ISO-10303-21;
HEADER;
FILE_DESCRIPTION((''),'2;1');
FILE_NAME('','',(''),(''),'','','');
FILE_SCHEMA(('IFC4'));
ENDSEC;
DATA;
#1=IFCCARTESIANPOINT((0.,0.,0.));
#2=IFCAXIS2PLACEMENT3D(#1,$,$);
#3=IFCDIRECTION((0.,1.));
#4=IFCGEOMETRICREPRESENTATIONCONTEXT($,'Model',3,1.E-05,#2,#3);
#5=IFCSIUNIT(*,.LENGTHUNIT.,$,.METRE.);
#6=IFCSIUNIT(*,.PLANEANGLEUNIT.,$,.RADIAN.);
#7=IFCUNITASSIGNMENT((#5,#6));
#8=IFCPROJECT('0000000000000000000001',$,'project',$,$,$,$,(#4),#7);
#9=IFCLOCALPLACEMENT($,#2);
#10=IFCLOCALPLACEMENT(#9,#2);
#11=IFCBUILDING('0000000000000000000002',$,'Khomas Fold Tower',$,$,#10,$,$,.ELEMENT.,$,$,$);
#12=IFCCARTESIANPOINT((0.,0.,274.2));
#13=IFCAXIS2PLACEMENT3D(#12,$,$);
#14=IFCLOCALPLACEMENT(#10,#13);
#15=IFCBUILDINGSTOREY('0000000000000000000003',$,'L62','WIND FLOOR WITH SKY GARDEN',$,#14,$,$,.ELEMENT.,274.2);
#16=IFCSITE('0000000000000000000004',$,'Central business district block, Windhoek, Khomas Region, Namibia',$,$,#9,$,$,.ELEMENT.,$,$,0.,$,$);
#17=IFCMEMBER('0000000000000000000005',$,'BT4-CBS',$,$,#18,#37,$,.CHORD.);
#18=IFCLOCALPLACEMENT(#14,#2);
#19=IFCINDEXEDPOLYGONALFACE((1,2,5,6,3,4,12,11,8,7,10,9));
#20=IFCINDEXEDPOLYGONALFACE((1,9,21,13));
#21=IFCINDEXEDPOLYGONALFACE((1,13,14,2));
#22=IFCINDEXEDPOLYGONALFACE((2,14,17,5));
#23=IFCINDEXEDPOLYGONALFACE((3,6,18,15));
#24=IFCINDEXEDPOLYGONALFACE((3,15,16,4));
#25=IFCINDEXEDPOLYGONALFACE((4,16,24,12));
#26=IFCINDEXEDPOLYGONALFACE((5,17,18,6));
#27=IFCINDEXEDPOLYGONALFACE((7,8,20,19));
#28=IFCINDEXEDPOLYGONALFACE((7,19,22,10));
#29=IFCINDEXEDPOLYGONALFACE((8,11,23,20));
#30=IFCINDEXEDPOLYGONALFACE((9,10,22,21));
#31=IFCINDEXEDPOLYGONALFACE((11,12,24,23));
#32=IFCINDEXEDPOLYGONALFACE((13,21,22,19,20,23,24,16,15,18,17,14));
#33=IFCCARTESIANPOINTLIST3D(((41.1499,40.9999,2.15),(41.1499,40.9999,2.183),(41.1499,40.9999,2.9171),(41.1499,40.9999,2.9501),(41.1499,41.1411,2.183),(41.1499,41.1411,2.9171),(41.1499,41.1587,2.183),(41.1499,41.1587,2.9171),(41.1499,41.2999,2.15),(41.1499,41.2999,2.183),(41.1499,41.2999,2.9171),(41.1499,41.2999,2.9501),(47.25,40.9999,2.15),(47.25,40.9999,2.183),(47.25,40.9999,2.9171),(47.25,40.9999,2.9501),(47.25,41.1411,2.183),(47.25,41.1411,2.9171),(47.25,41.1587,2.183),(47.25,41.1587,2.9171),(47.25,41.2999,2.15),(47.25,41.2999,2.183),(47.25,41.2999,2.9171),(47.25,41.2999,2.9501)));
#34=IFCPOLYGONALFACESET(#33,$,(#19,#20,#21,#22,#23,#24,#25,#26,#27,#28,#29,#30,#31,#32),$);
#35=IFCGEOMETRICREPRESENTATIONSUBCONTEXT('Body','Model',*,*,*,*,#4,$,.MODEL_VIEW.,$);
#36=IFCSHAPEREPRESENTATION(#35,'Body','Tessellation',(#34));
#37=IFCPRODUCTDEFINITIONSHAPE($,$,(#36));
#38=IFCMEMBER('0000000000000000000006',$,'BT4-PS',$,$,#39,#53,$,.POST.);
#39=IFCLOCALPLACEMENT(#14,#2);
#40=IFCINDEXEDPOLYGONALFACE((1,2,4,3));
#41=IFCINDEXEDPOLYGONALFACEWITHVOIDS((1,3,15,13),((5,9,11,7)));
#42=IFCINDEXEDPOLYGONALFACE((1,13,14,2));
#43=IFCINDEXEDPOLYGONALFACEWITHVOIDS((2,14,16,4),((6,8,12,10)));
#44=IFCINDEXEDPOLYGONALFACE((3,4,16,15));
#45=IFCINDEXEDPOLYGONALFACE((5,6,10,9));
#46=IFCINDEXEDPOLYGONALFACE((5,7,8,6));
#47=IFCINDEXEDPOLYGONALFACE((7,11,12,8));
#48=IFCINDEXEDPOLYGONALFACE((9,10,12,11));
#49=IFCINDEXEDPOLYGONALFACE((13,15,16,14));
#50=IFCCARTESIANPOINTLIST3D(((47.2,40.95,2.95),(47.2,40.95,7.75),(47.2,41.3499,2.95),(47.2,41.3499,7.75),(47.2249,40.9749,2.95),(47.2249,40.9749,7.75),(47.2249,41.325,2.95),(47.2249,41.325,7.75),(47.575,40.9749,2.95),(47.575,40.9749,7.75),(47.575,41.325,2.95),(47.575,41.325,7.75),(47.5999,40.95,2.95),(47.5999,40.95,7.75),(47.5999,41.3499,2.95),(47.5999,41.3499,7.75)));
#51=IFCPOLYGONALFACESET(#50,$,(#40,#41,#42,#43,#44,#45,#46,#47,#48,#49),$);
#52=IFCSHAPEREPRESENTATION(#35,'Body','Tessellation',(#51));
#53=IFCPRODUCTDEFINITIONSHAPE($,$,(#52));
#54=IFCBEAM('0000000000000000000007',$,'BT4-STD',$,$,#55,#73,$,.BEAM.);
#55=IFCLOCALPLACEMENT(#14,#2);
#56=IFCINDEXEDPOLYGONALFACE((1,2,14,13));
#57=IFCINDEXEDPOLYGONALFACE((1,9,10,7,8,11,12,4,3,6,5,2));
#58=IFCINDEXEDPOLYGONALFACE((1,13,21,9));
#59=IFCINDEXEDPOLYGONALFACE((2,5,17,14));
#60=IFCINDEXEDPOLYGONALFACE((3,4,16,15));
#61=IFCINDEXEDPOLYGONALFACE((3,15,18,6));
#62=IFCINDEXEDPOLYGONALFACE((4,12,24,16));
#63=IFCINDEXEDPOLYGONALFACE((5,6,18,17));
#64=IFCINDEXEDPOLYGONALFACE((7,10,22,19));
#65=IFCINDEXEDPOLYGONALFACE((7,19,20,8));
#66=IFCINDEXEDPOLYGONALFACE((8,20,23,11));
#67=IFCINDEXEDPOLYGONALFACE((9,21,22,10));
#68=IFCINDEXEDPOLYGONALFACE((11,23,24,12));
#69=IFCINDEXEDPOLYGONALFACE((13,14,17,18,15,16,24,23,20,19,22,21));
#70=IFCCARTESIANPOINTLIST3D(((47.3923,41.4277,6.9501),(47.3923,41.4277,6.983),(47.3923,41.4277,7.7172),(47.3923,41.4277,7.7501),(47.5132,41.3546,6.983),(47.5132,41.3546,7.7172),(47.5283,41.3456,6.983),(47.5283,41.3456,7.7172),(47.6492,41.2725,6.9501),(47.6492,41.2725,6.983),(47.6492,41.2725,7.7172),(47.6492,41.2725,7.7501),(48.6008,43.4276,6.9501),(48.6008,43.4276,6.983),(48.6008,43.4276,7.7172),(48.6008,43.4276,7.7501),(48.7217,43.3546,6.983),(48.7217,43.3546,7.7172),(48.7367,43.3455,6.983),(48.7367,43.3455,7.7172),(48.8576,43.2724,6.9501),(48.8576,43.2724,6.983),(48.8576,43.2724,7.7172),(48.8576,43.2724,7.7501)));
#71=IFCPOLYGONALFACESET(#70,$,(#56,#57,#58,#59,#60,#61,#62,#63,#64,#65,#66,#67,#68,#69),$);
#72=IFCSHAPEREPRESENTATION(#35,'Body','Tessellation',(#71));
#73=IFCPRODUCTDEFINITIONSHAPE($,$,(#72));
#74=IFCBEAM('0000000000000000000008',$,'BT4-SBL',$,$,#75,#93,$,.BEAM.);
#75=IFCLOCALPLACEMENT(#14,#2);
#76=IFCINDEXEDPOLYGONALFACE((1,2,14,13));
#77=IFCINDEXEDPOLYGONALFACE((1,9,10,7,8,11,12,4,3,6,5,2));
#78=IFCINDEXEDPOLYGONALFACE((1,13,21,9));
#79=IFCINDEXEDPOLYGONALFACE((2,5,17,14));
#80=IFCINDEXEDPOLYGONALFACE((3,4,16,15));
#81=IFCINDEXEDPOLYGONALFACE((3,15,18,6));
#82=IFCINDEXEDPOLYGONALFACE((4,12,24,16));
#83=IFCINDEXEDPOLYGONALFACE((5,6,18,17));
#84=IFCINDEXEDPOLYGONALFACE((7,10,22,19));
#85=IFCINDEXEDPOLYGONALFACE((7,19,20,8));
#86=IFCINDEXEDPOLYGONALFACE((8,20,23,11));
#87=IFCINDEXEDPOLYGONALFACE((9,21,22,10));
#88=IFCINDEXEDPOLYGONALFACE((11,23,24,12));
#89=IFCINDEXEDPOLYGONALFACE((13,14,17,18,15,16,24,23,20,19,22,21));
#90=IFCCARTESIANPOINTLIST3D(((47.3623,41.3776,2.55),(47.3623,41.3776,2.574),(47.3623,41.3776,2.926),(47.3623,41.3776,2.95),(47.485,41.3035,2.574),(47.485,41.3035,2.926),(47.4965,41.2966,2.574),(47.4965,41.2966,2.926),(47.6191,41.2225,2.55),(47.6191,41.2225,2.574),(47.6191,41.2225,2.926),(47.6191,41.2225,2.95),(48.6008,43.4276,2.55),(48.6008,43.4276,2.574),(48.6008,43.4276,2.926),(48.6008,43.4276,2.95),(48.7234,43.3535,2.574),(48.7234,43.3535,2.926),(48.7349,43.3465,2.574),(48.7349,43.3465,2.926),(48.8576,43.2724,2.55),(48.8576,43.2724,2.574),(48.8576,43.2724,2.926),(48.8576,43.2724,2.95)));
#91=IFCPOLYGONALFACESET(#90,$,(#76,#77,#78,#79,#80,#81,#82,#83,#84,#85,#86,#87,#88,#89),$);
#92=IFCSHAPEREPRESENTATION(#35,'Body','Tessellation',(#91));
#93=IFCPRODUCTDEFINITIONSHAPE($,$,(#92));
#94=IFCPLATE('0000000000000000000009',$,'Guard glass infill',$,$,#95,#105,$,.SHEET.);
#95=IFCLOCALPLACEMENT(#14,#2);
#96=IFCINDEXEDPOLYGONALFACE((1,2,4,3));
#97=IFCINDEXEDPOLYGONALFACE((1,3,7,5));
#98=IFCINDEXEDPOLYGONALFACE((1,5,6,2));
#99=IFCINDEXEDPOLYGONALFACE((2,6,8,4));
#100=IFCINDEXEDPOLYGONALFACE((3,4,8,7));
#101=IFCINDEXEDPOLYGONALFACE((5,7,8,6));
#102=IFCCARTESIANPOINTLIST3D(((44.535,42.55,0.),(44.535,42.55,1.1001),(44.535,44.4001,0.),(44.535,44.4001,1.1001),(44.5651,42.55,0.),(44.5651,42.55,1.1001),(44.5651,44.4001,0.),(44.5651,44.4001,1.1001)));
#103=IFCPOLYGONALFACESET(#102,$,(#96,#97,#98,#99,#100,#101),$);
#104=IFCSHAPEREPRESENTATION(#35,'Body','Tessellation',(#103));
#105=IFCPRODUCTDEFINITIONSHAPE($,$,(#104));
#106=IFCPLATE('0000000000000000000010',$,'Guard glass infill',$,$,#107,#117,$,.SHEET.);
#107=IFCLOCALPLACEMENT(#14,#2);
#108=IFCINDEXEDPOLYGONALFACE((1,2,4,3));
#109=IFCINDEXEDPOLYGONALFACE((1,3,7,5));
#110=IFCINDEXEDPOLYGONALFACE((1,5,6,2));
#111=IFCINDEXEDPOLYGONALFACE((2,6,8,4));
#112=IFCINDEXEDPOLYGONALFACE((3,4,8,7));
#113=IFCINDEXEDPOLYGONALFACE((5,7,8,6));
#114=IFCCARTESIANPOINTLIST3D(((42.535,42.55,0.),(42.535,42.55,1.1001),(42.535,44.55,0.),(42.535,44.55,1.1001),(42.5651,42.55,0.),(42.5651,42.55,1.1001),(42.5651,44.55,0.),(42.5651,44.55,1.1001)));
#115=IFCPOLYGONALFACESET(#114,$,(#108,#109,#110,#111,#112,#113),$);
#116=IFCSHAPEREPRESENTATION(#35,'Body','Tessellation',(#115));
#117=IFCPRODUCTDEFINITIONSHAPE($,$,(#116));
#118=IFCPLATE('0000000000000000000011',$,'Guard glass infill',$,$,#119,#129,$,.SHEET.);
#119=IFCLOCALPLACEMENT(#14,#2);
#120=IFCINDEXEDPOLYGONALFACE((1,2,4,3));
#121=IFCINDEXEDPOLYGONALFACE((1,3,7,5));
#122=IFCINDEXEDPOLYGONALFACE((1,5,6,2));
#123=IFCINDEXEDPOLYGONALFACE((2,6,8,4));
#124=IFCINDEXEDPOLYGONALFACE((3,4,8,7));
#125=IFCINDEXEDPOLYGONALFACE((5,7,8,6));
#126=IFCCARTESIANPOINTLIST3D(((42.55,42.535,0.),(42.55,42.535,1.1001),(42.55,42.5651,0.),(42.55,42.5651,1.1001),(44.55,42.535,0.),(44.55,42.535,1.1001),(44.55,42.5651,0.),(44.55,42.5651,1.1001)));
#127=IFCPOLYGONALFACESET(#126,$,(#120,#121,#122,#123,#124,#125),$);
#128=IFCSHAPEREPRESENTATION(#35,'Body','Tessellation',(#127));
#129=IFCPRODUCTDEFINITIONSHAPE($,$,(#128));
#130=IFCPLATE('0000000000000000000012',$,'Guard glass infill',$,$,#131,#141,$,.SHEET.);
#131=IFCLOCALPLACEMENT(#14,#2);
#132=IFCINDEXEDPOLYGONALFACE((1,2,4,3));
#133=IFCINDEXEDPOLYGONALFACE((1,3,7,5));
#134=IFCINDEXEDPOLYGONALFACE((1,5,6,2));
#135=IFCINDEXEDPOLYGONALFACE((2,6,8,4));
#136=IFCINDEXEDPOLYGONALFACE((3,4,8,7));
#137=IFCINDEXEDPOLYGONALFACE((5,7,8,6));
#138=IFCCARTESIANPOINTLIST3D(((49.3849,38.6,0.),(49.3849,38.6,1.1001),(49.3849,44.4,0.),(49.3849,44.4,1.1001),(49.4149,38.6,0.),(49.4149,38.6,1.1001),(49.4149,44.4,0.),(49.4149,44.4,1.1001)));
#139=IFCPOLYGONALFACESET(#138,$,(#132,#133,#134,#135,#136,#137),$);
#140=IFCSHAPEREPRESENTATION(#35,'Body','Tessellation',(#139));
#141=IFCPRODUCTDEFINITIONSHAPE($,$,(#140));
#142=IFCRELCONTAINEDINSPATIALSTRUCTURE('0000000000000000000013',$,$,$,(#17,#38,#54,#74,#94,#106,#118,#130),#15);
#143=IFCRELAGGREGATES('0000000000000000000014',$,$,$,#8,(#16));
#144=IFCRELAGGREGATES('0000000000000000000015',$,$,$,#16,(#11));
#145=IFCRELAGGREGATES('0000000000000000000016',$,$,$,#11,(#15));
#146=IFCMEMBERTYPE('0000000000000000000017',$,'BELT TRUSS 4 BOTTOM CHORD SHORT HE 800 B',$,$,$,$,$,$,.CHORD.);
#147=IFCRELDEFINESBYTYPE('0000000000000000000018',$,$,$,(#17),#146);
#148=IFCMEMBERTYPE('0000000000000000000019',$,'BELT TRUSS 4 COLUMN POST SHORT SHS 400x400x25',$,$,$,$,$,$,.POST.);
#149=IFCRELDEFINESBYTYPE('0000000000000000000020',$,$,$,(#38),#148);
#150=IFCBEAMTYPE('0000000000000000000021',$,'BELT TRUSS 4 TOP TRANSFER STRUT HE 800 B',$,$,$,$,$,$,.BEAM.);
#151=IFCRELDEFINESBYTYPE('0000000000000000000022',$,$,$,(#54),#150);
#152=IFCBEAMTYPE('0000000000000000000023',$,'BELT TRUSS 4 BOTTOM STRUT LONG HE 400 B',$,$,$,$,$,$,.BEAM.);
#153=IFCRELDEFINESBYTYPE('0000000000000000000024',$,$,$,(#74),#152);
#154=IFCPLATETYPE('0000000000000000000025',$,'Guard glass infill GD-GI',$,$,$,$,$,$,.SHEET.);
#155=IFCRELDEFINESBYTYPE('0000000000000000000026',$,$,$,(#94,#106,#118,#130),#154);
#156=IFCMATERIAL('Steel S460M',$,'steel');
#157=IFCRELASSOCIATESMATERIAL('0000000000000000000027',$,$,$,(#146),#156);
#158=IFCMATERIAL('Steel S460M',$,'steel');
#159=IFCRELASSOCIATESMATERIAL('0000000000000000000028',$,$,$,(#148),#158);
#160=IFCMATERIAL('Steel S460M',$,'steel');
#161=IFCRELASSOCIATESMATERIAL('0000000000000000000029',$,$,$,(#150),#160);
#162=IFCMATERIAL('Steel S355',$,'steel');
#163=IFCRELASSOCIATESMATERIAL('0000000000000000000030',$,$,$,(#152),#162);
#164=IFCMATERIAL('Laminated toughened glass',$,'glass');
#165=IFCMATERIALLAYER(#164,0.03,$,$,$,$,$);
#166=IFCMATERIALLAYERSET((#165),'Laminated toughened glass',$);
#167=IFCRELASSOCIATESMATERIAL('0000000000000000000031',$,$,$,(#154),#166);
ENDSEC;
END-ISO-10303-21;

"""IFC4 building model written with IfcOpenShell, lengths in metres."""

from ifc_helpers import new_model, si_unit, direction, frame, origin, origin_2d, place, context, subcontext, project, spatial, rectangle, hollow_rectangle, i_section, extrude, source, transform, mapped, material, layer, layer_set, material_profile, profile_set, type_object, element, save


model = new_model("IFC4")

# Units and contexts
model_context = context("Model", 3, precision=1e-05, world=origin(), true_north=direction((0.0, 1.0)))
body_context = subcontext(model_context, "Body", "Model", "MODEL_VIEW")
ifc_project = project(units=[si_unit("LENGTHUNIT", "METRE"), si_unit("PLANEANGLEUNIT", "RADIAN")], contexts=[model_context])

# Site, building, storey
site_placement = place(None, origin())
site = spatial("IfcSite", under=ifc_project, at=site_placement, Name="Central business district block, Windhoek, Khomas Region, Namibia", CompositionType="ELEMENT", RefElevation=0.0)
building_placement = place(site_placement, origin())
building = spatial("IfcBuilding", under=site, at=building_placement, Name="Khomas Fold Tower", CompositionType="ELEMENT")
storey_placement = place(building_placement, frame((0.0, 0.0, 274.2)))
storey = spatial("IfcBuildingStorey", under=building, at=storey_placement, Name="L62", Description="WIND FLOOR WITH SKY GARDEN", CompositionType="ELEMENT", Elevation=274.2)

# Members
ifc_material_1 = material(Name="Steel S460M", Category="steel")
ifc_material_profile_1 = material_profile(ifc_material_1, i_section(OverallWidth=0.3, OverallDepth=0.8, WebThickness=0.0176, FlangeThickness=0.033, at=origin_2d()), Name="HE 800 B")
ifc_profile_set_1 = profile_set([ifc_material_profile_1], Name="Steel S460M")
member_type_1 = type_object("IfcMemberType", Name="BELT TRUSS 4 BOTTOM CHORD SHORT HE 800 B", PredefinedType="CHORD", material=ifc_profile_set_1)
shared_shape_1 = source(origin(), body_context, "Body", "SweptSolid", [
    extrude(i_section(OverallWidth=0.3, OverallDepth=0.8, WebThickness=0.0176, FlangeThickness=0.033, at=origin_2d()), origin(), (0.0, 0.0, 1.0), 6.1001),
])
member_1_placement = place(storey_placement, frame((47.25, 41.1499, 2.55), z_axis=(-1.0, 0.0, 0.0), x_axis=(0.0, -1.0, 0.0)))
element("IfcMember", 1, at=member_1_placement, inside=storey, type_object=member_type_1, Name="BT4-CBS", PredefinedType="CHORD", context=body_context, shape_type="MappedRepresentation", body=[
    mapped(shared_shape_1, transform((0.0, 0.0, 0.0))),
])
ifc_material_2 = material(Name="Steel S460M", Category="steel")
ifc_material_profile_2 = material_profile(ifc_material_2, hollow_rectangle(XDim=0.3999, YDim=0.3999, WallThickness=0.0249, at=origin_2d()), Name="SHS 400x400x25")
ifc_profile_set_2 = profile_set([ifc_material_profile_2], Name="Steel S460M")
member_type_2 = type_object("IfcMemberType", Name="BELT TRUSS 4 COLUMN POST SHORT SHS 400x400x25", PredefinedType="POST", material=ifc_profile_set_2)
shared_shape_2 = source(origin(), body_context, "Body", "SweptSolid", [
    extrude(hollow_rectangle(XDim=0.3999, YDim=0.3999, WallThickness=0.0249, at=origin_2d()), origin(), (0.0, 0.0, 1.0), 4.8),
])
member_2_placement = place(storey_placement, frame((47.3999, 41.1499, 2.95), z_axis=(0.0, 0.0, 1.0), x_axis=(1.0, 0.0, 0.0)))
element("IfcMember", 2, at=member_2_placement, inside=storey, type_object=member_type_2, Name="BT4-PS", PredefinedType="POST", context=body_context, shape_type="MappedRepresentation", body=[
    mapped(shared_shape_2, transform((0.0, 0.0, 0.0))),
])

# Beams
ifc_material_3 = material(Name="Steel S460M", Category="steel")
ifc_material_profile_3 = material_profile(ifc_material_3, i_section(OverallWidth=0.3, OverallDepth=0.8, WebThickness=0.0176, FlangeThickness=0.033, at=origin_2d()), Name="HE 800 B")
ifc_profile_set_3 = profile_set([ifc_material_profile_3], Name="Steel S460M")
beam_type_1 = type_object("IfcBeamType", Name="BELT TRUSS 4 TOP TRANSFER STRUT HE 800 B", PredefinedType="BEAM", material=ifc_profile_set_3)
shared_shape_3 = source(origin(), body_context, "Body", "SweptSolid", [
    extrude(i_section(OverallWidth=0.3, OverallDepth=0.8, WebThickness=0.0176, FlangeThickness=0.033, at=origin_2d()), origin(), (0.0, 0.0, 1.0), 2.3367),
])
beam_1_placement = place(storey_placement, frame((47.5208, 41.3501, 7.3501), z_axis=(0.517167, 0.855885, 0.0), x_axis=(-0.855885, 0.517167, 0.0)))
element("IfcBeam", 3, at=beam_1_placement, inside=storey, type_object=beam_type_1, Name="BT4-STD", PredefinedType="BEAM", context=body_context, shape_type="MappedRepresentation", body=[
    mapped(shared_shape_3, transform((0.0, 0.0, 0.0))),
])
ifc_material_4 = material(Name="Steel S355", Category="steel")
ifc_material_profile_4 = material_profile(ifc_material_4, i_section(OverallWidth=0.3, OverallDepth=0.3999, WebThickness=0.0134, FlangeThickness=0.0239, at=origin_2d()), Name="HE 400 B")
ifc_profile_set_4 = profile_set([ifc_material_profile_4], Name="Steel S355")
beam_type_2 = type_object("IfcBeamType", Name="BELT TRUSS 4 BOTTOM STRUT LONG HE 400 B", PredefinedType="BEAM", material=ifc_profile_set_4)
shared_shape_4 = source(origin(), body_context, "Body", "SweptSolid", [
    extrude(i_section(OverallWidth=0.3, OverallDepth=0.3999, WebThickness=0.0134, FlangeThickness=0.0239, at=origin_2d()), origin(), (0.0, 0.0, 1.0), 2.395),
])
beam_2_placement = place(storey_placement, frame((47.4907, 41.3, 2.75), z_axis=(0.517102, 0.855924, 0.0), x_axis=(-0.855924, 0.517102, 0.0)))
element("IfcBeam", 4, at=beam_2_placement, inside=storey, type_object=beam_type_2, Name="BT4-SBL", PredefinedType="BEAM", context=body_context, shape_type="MappedRepresentation", body=[
    mapped(shared_shape_4, transform((0.0, 0.0, 0.0))),
])

# Plates
ifc_material_5 = material(Name="Laminated toughened glass", Category="glass")
ifc_layer_1 = layer(ifc_material_5, 0.03)
ifc_layer_set_1 = layer_set([ifc_layer_1], Name="Laminated toughened glass")
plate_type = type_object("IfcPlateType", Name="Guard glass infill GD-GI", PredefinedType="SHEET", material=ifc_layer_set_1)
shared_shape_5 = source(origin(), body_context, "Body", "SweptSolid", [
    extrude(rectangle(XDim=1.8501, YDim=0.03, at=origin_2d()), origin(), (0.0, 0.0, 1.0), 1.1001),
])
plate_1_placement = place(storey_placement, frame((44.55, 43.4751, 0.0), z_axis=(0.0, 0.0, 1.0), x_axis=(0.0, 1.0, 0.0)))
element("IfcPlate", 5, at=plate_1_placement, inside=storey, type_object=plate_type, Name="Guard glass infill", PredefinedType="SHEET", context=body_context, shape_type="MappedRepresentation", body=[
    mapped(shared_shape_5, transform((0.0, 0.0, 0.0))),
])
shared_shape_6 = source(origin(), body_context, "Body", "SweptSolid", [
    extrude(rectangle(XDim=2.0, YDim=0.03, at=origin_2d()), origin(), (0.0, 0.0, 1.0), 1.1001),
])
for number, where, z_axis, x_axis, name in (
    (6, (42.55, 43.55, 0.0), (0.0, 0.0, 1.0), (0.0, -1.0, 0.0), "Guard glass infill"),
    (7, (43.55, 42.55, 0.0), (0.0, 0.0, 1.0), (1.0, 0.0, 0.0), "Guard glass infill"),
):
    element("IfcPlate", number, at=place(storey_placement, frame(where, z_axis=z_axis, x_axis=x_axis)), inside=storey, type_object=plate_type, Name=name, PredefinedType="SHEET", context=body_context, shape_type="MappedRepresentation", body=[
        mapped(shared_shape_6, transform((0.0, 0.0, 0.0))),
    ])
shared_shape_7 = source(origin(), body_context, "Body", "SweptSolid", [
    extrude(rectangle(XDim=5.8, YDim=0.03, at=origin_2d()), origin(), (0.0, 0.0, 1.0), 1.1001),
])
plate_2_placement = place(storey_placement, frame((49.3999, 41.5, 0.0), z_axis=(0.0, 0.0, 1.0), x_axis=(0.0, -1.0, 0.0)))
element("IfcPlate", 8, at=plate_2_placement, inside=storey, type_object=plate_type, Name="Guard glass infill", PredefinedType="SHEET", context=body_context, shape_type="MappedRepresentation", body=[
    mapped(shared_shape_7, transform((0.0, 0.0, 0.0))),
])

save(model, "model.ifc")
